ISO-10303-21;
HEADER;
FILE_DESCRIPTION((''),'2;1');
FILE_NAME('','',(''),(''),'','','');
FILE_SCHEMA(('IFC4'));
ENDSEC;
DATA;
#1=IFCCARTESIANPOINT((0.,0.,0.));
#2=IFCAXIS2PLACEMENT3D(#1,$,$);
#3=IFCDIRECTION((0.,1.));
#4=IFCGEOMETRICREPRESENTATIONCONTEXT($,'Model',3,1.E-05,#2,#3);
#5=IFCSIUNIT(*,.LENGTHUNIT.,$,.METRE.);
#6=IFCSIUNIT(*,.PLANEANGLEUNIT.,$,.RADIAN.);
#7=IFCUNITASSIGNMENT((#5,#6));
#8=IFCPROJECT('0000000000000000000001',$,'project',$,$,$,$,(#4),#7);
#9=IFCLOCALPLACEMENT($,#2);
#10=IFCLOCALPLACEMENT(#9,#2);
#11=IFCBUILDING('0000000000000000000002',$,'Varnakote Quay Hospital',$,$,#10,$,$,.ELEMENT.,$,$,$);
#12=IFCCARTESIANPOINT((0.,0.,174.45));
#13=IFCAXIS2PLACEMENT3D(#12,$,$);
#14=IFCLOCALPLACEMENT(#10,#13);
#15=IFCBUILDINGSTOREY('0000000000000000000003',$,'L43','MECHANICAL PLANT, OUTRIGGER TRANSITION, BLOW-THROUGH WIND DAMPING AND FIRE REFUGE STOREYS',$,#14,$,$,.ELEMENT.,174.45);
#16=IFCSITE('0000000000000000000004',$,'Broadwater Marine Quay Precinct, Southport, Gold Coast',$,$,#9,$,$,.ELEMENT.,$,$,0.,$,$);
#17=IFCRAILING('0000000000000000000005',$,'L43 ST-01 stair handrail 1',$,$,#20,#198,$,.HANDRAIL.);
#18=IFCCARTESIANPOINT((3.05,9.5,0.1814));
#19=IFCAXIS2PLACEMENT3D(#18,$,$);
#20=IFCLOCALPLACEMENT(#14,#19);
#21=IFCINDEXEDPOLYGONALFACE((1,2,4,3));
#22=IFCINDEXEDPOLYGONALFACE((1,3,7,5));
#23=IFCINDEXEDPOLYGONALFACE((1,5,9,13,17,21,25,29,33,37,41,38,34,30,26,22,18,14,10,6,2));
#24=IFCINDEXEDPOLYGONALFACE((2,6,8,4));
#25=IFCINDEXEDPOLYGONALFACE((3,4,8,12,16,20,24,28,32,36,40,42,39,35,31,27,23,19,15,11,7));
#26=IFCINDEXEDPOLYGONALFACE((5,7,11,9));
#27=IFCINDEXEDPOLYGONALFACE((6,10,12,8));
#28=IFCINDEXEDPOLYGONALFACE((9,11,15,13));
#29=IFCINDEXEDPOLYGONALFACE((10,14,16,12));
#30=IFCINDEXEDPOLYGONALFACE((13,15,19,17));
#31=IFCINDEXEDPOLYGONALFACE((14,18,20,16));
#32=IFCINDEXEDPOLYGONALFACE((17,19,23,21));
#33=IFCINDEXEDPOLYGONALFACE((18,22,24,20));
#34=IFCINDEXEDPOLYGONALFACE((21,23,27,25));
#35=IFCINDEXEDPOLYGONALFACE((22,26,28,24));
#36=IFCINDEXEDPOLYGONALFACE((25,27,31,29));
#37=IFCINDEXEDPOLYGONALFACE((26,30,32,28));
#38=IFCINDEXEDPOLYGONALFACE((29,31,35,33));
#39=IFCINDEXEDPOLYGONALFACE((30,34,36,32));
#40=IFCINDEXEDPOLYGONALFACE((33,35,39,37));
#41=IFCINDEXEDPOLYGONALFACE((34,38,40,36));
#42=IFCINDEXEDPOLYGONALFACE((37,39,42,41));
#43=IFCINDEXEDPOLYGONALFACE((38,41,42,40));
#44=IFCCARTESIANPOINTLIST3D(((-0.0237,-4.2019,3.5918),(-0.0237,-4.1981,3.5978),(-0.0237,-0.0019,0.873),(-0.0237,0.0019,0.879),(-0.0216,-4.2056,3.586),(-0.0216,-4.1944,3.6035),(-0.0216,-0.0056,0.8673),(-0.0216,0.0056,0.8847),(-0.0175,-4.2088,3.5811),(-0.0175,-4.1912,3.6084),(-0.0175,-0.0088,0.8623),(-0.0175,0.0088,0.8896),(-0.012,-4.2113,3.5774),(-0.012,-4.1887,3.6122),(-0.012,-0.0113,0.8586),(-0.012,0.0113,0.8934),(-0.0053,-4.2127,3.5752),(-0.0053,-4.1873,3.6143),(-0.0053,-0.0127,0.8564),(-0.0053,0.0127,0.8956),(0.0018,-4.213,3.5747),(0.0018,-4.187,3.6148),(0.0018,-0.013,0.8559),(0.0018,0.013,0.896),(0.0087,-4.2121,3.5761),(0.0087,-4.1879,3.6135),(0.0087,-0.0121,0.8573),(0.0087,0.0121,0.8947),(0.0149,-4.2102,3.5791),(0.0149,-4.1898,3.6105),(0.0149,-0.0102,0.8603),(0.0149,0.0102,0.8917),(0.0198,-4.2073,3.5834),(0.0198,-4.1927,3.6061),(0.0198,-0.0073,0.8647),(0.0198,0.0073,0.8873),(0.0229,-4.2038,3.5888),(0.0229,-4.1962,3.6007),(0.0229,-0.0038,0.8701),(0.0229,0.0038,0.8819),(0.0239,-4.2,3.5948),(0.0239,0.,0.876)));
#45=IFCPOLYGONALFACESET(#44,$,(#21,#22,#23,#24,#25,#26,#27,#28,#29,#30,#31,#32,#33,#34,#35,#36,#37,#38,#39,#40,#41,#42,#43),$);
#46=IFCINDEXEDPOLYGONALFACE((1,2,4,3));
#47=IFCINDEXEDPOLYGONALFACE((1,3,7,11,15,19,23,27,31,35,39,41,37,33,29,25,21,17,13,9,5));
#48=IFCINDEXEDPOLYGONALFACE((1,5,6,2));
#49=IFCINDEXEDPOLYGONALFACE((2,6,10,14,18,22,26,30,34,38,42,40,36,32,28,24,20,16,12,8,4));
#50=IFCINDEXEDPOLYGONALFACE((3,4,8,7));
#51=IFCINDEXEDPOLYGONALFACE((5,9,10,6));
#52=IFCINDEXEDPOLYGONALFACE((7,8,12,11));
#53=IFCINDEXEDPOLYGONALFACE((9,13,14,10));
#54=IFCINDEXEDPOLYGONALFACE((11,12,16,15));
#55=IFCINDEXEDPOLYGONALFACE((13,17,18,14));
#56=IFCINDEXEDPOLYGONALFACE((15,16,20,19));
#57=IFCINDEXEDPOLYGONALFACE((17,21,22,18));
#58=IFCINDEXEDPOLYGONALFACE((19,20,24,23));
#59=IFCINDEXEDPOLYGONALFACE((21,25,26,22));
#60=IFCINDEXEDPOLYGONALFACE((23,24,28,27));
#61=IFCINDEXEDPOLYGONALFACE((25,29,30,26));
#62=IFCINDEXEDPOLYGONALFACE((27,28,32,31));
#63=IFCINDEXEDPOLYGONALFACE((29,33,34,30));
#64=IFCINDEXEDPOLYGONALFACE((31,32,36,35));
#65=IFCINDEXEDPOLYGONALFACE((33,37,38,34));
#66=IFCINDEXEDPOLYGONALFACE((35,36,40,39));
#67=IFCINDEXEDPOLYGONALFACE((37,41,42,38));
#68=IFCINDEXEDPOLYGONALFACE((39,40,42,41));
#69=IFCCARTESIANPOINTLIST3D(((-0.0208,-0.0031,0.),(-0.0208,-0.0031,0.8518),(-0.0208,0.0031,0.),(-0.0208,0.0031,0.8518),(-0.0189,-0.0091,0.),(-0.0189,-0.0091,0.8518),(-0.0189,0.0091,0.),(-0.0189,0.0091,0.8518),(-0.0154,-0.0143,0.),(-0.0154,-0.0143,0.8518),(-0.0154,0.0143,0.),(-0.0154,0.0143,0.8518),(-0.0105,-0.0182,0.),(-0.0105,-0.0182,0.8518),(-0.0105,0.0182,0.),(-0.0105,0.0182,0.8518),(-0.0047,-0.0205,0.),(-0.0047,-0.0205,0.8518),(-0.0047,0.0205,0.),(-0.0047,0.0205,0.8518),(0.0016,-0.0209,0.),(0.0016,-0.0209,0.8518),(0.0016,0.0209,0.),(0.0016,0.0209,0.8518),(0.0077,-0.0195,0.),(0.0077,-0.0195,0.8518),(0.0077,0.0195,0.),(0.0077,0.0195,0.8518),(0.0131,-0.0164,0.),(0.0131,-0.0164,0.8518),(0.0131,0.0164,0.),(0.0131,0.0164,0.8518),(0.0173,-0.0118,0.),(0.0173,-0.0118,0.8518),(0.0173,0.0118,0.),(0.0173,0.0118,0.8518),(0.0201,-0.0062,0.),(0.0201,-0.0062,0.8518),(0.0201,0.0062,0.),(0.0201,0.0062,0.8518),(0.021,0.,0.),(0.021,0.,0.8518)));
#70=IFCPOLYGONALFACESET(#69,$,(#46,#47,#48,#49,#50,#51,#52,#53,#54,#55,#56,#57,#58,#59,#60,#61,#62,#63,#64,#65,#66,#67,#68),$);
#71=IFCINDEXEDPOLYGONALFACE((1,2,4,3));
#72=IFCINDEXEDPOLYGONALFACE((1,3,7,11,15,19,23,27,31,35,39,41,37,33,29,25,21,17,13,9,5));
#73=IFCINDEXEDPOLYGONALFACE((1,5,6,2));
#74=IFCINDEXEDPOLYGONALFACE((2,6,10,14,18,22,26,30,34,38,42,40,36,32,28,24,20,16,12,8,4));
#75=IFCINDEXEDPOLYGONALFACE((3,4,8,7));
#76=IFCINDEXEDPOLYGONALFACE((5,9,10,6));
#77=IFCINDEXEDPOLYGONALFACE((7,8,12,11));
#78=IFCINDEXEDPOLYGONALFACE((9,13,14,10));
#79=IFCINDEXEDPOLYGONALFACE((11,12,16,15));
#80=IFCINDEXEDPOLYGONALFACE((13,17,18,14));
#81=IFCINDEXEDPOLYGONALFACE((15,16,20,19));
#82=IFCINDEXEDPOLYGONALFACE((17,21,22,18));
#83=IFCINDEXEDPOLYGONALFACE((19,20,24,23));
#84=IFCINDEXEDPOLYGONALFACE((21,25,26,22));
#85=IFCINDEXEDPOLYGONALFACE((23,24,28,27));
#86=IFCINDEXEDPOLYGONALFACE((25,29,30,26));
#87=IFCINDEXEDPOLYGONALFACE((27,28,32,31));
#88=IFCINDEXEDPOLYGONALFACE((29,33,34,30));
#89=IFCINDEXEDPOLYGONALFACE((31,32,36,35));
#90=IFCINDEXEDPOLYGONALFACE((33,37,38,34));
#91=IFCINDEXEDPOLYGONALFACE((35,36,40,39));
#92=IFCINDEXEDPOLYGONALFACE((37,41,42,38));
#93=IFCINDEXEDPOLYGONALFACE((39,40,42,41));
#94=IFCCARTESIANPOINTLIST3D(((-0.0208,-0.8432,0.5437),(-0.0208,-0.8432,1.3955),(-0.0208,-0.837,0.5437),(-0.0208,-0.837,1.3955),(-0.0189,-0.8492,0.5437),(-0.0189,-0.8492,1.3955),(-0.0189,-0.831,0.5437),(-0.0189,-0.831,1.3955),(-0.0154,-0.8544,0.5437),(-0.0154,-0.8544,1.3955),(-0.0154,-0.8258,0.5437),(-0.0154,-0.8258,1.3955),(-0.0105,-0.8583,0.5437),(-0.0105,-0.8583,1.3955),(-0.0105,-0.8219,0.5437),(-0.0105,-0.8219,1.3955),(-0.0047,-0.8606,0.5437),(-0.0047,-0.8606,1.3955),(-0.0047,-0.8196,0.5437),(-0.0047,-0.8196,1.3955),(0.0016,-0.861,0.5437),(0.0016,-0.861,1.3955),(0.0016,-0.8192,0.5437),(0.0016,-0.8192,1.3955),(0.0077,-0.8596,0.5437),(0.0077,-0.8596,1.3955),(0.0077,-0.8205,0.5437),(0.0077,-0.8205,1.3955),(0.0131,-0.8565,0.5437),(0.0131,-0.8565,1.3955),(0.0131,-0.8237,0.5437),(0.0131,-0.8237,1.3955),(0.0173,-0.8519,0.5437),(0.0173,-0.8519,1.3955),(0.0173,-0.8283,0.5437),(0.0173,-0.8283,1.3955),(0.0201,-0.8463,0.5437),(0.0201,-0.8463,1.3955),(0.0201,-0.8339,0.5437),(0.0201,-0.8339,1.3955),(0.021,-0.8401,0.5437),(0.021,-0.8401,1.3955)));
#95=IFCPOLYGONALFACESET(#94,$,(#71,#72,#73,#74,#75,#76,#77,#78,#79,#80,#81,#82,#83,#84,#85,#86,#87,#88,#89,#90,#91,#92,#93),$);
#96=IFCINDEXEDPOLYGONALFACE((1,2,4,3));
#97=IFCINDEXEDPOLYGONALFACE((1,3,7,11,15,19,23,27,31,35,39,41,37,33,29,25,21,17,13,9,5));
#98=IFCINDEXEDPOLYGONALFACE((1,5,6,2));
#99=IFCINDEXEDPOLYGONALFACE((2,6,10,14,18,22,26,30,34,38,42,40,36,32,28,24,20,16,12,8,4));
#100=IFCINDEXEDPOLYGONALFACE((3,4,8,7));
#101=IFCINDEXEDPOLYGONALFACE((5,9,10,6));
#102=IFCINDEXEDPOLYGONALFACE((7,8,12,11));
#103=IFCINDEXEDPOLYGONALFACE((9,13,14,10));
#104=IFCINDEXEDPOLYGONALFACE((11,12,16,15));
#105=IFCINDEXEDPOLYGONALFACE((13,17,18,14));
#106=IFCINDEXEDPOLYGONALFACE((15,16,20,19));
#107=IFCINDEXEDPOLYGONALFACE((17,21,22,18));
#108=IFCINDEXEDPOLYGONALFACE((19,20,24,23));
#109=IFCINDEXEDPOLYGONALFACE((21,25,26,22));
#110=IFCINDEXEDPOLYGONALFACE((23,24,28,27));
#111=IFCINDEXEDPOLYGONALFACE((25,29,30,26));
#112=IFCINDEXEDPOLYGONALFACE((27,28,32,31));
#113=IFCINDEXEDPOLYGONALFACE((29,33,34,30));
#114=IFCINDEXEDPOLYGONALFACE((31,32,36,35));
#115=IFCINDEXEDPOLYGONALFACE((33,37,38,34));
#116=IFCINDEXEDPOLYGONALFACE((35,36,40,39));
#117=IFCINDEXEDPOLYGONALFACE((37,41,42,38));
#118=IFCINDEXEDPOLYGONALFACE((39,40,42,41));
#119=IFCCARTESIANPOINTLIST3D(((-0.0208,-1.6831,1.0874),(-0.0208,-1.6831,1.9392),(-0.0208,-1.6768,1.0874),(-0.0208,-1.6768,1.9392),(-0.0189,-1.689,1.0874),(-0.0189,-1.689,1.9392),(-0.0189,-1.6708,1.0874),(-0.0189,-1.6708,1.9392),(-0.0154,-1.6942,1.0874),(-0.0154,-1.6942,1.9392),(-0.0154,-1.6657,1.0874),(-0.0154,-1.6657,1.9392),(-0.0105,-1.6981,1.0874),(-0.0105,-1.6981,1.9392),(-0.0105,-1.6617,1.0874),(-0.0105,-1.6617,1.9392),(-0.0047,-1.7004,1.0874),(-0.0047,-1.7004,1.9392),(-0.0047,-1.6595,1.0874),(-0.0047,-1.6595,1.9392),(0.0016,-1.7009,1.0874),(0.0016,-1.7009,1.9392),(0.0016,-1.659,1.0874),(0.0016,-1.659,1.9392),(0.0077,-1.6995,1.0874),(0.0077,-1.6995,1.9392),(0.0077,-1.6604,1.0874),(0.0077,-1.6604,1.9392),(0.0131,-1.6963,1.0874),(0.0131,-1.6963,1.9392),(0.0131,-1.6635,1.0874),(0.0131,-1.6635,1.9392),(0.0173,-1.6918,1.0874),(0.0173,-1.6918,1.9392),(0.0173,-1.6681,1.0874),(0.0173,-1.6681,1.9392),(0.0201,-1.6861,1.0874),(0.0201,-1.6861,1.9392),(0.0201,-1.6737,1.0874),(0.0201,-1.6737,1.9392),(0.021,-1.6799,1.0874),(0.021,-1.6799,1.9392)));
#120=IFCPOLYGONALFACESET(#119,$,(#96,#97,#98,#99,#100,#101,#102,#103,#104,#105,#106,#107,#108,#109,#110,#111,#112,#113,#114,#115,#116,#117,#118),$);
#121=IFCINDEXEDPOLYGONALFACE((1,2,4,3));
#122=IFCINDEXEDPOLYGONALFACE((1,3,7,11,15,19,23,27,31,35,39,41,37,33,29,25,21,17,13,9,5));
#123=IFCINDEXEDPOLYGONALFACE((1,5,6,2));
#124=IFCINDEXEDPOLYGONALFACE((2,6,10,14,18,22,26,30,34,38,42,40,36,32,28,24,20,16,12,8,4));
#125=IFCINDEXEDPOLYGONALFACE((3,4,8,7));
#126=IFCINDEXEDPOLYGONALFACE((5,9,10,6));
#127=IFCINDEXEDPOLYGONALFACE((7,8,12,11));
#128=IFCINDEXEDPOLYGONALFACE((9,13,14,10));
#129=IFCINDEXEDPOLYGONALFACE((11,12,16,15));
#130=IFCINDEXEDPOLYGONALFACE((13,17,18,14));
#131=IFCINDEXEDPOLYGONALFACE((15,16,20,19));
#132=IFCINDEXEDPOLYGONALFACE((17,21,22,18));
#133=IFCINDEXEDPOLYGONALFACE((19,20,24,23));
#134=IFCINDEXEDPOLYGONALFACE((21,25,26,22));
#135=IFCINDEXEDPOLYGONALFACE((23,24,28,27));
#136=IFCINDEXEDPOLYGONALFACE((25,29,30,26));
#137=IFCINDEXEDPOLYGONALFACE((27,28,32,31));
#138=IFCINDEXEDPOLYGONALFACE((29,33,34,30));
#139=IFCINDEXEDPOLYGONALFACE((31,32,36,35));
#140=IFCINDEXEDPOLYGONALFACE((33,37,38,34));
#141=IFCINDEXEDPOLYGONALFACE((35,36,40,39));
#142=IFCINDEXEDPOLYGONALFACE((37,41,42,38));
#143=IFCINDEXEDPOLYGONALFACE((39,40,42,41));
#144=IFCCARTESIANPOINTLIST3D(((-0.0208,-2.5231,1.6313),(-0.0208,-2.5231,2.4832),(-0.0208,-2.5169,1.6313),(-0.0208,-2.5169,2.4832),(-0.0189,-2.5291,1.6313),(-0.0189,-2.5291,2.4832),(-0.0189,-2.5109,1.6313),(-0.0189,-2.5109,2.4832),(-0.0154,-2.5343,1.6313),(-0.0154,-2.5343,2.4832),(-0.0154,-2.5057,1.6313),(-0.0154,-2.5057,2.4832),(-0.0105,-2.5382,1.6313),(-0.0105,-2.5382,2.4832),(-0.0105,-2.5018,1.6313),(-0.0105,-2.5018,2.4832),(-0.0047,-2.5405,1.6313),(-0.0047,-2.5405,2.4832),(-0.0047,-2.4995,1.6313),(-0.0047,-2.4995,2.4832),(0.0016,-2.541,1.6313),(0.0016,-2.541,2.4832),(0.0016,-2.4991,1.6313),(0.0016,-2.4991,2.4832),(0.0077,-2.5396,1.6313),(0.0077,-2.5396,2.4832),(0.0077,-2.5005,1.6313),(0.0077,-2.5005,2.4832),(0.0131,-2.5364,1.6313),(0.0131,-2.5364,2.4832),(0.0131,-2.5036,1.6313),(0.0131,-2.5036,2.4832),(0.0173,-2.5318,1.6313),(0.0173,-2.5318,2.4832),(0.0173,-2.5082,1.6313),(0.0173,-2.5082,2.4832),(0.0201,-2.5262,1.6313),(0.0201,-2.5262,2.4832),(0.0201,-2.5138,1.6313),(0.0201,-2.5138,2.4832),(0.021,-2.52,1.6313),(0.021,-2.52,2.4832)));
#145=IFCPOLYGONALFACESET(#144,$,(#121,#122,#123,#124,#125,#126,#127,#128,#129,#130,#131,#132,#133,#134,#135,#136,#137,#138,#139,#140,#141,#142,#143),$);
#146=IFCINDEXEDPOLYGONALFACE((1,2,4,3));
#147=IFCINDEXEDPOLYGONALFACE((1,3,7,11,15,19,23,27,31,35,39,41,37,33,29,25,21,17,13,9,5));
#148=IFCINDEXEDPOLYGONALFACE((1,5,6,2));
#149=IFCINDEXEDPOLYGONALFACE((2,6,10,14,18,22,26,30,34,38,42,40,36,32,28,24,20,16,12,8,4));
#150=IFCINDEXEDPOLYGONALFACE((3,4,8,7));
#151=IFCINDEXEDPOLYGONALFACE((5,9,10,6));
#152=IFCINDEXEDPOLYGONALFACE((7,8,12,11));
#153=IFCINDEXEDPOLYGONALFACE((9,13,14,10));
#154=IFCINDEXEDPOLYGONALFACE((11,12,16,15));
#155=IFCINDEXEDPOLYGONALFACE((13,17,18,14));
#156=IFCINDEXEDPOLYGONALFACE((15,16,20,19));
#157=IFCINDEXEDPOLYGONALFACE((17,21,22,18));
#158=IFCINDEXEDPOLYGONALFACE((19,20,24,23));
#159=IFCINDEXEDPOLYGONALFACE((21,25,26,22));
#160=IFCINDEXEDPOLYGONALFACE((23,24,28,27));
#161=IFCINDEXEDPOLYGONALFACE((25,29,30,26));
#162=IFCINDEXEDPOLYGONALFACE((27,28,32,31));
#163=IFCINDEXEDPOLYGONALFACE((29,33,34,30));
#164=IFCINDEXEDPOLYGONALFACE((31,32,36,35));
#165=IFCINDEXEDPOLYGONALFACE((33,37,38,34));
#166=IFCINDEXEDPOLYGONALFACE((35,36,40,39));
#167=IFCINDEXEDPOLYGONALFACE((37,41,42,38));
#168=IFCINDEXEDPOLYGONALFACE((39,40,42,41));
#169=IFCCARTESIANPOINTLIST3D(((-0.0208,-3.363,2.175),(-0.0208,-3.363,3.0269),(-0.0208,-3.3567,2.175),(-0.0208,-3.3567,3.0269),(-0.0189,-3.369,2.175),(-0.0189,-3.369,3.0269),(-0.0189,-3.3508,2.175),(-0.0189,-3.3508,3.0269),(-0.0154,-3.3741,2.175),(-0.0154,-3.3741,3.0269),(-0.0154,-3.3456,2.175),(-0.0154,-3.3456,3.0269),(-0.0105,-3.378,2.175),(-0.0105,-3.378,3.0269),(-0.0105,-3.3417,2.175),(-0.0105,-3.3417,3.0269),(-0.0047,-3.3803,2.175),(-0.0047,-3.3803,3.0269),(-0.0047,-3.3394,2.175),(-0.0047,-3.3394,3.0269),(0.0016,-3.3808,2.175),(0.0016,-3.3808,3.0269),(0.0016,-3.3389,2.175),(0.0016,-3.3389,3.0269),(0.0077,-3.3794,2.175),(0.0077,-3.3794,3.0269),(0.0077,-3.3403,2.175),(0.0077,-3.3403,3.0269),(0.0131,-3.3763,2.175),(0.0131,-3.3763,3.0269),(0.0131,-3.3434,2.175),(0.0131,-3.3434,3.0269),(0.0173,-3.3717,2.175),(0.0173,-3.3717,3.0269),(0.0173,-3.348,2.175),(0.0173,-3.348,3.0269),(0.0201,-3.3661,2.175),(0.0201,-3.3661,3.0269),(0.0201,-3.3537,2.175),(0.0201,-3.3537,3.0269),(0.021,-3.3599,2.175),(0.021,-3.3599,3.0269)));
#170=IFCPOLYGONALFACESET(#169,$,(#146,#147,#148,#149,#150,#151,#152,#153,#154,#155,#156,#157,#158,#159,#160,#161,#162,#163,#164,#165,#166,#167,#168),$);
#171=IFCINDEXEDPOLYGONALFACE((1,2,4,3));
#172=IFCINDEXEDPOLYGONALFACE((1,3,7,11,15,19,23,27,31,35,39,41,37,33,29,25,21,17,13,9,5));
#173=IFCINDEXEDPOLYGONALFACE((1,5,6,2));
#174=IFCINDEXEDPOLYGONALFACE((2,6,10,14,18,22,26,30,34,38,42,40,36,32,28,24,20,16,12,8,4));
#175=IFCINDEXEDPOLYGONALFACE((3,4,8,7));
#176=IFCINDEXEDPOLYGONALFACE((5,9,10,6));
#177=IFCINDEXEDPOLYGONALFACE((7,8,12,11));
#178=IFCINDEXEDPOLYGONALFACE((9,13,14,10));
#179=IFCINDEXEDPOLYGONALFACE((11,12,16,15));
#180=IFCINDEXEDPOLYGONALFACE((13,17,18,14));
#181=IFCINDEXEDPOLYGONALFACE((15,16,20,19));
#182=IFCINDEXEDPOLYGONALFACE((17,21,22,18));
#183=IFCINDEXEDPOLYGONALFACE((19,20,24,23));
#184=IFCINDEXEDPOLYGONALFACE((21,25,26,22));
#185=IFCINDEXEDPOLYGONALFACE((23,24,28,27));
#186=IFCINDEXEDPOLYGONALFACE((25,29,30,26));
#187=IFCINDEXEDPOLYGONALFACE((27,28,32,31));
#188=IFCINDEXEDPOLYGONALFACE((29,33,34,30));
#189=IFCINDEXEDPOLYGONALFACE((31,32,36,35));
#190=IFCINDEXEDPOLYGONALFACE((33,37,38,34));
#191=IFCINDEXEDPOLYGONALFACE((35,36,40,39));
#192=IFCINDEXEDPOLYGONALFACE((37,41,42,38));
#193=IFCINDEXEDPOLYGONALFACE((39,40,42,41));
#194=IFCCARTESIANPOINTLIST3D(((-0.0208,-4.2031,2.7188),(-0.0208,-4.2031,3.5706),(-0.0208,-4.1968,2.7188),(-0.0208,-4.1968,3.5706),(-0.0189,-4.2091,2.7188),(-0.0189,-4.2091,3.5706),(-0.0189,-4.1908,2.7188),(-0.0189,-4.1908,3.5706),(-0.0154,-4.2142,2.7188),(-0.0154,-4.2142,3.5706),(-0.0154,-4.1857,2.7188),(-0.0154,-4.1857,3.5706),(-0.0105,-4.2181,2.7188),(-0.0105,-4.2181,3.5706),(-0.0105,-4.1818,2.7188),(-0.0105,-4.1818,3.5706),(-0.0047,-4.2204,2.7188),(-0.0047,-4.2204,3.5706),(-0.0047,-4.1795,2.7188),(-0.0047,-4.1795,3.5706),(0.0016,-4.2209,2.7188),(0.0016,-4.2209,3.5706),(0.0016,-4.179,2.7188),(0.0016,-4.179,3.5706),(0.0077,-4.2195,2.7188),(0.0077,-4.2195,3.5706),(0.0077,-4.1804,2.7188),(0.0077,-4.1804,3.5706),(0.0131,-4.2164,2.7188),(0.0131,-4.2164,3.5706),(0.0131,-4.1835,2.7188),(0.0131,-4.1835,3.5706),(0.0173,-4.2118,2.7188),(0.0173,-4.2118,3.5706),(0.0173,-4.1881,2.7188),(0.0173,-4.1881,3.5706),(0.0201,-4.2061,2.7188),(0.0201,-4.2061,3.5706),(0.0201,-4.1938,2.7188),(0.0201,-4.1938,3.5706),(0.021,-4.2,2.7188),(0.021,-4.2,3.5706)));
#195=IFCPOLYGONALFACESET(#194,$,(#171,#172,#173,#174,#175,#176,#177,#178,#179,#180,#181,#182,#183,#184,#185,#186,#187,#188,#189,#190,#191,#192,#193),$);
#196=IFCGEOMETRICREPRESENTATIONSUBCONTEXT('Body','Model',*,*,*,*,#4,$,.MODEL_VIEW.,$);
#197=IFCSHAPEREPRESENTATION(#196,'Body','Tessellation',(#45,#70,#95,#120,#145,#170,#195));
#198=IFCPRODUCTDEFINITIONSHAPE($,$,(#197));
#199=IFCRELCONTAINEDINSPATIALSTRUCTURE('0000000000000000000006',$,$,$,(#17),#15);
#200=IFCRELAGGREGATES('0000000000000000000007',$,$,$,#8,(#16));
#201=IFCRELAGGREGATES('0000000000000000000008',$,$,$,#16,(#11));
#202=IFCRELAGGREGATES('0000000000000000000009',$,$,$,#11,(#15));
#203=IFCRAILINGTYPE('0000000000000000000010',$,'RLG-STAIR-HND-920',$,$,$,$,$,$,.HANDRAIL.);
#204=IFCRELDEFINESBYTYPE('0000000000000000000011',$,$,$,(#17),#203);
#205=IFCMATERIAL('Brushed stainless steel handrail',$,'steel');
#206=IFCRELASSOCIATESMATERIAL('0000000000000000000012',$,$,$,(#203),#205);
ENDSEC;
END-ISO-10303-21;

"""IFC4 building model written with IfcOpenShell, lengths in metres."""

from ifc_helpers import new_model, si_unit, direction, frame, origin, origin_2d, place, context, subcontext, project, spatial, circle, extrude, material, type_object, element, save


model = new_model("IFC4")

# Units and contexts
model_context = context("Model", 3, precision=1e-05, world=origin(), true_north=direction((0.0, 1.0)))
body_context = subcontext(model_context, "Body", "Model", "MODEL_VIEW")
ifc_project = project(units=[si_unit("LENGTHUNIT", "METRE"), si_unit("PLANEANGLEUNIT", "RADIAN")], contexts=[model_context])

# Site, building, storey
site_placement = place(None, origin())
site = spatial("IfcSite", under=ifc_project, at=site_placement, Name="Broadwater Marine Quay Precinct, Southport, Gold Coast", CompositionType="ELEMENT", RefElevation=0.0)
building_placement = place(site_placement, origin())
building = spatial("IfcBuilding", under=site, at=building_placement, Name="Varnakote Quay Hospital", CompositionType="ELEMENT")
storey_placement = place(building_placement, frame((0.0, 0.0, 174.45)))
storey = spatial("IfcBuildingStorey", under=building, at=storey_placement, Name="L43", Description="MECHANICAL PLANT, OUTRIGGER TRANSITION, BLOW-THROUGH WIND DAMPING AND FIRE REFUGE STOREYS", CompositionType="ELEMENT", Elevation=174.45)

# Railing
ifc_material_1 = material(Name="Brushed stainless steel handrail", Category="steel")
railing_type_1 = type_object("IfcRailingType", Name="RLG-STAIR-HND-920", PredefinedType="HANDRAIL", material=ifc_material_1)
railing_1_placement = place(storey_placement, frame((3.05, 9.5, 0.1814)))
element("IfcRailing", 1, at=railing_1_placement, inside=storey, type_object=railing_type_1, Name="L43 ST-01 stair handrail 1", PredefinedType="HANDRAIL", context=body_context, shape_type="SweptSolid", body=[
    extrude(circle(Radius=0.0239, at=origin_2d()), frame((0.0, 0.0, 0.876), z_axis=(0.0, -0.839467, 0.543411), x_axis=(1.0, 0.0, 0.0)), (0.0, 0.0, 1.0), 5.0032),
    extrude(circle(Radius=0.021, at=origin_2d()), origin(), (0.0, 0.0, 1.0), 0.8518),
    extrude(circle(Radius=0.021, at=origin_2d()), frame((0.0, -0.8401, 0.5437)), (0.0, 0.0, 1.0), 0.8518),
    extrude(circle(Radius=0.021, at=origin_2d()), frame((0.0, -1.6799, 1.0874)), (0.0, 0.0, 1.0), 0.8518),
    extrude(circle(Radius=0.021, at=origin_2d()), frame((0.0, -2.52, 1.6313)), (0.0, 0.0, 1.0), 0.8518),
    extrude(circle(Radius=0.021, at=origin_2d()), frame((0.0, -3.3599, 2.175)), (0.0, 0.0, 1.0), 0.8518),
    extrude(circle(Radius=0.021, at=origin_2d()), frame((0.0, -4.2, 2.7188)), (0.0, 0.0, 1.0), 0.8518),
])

save(model, "model.ifc")
